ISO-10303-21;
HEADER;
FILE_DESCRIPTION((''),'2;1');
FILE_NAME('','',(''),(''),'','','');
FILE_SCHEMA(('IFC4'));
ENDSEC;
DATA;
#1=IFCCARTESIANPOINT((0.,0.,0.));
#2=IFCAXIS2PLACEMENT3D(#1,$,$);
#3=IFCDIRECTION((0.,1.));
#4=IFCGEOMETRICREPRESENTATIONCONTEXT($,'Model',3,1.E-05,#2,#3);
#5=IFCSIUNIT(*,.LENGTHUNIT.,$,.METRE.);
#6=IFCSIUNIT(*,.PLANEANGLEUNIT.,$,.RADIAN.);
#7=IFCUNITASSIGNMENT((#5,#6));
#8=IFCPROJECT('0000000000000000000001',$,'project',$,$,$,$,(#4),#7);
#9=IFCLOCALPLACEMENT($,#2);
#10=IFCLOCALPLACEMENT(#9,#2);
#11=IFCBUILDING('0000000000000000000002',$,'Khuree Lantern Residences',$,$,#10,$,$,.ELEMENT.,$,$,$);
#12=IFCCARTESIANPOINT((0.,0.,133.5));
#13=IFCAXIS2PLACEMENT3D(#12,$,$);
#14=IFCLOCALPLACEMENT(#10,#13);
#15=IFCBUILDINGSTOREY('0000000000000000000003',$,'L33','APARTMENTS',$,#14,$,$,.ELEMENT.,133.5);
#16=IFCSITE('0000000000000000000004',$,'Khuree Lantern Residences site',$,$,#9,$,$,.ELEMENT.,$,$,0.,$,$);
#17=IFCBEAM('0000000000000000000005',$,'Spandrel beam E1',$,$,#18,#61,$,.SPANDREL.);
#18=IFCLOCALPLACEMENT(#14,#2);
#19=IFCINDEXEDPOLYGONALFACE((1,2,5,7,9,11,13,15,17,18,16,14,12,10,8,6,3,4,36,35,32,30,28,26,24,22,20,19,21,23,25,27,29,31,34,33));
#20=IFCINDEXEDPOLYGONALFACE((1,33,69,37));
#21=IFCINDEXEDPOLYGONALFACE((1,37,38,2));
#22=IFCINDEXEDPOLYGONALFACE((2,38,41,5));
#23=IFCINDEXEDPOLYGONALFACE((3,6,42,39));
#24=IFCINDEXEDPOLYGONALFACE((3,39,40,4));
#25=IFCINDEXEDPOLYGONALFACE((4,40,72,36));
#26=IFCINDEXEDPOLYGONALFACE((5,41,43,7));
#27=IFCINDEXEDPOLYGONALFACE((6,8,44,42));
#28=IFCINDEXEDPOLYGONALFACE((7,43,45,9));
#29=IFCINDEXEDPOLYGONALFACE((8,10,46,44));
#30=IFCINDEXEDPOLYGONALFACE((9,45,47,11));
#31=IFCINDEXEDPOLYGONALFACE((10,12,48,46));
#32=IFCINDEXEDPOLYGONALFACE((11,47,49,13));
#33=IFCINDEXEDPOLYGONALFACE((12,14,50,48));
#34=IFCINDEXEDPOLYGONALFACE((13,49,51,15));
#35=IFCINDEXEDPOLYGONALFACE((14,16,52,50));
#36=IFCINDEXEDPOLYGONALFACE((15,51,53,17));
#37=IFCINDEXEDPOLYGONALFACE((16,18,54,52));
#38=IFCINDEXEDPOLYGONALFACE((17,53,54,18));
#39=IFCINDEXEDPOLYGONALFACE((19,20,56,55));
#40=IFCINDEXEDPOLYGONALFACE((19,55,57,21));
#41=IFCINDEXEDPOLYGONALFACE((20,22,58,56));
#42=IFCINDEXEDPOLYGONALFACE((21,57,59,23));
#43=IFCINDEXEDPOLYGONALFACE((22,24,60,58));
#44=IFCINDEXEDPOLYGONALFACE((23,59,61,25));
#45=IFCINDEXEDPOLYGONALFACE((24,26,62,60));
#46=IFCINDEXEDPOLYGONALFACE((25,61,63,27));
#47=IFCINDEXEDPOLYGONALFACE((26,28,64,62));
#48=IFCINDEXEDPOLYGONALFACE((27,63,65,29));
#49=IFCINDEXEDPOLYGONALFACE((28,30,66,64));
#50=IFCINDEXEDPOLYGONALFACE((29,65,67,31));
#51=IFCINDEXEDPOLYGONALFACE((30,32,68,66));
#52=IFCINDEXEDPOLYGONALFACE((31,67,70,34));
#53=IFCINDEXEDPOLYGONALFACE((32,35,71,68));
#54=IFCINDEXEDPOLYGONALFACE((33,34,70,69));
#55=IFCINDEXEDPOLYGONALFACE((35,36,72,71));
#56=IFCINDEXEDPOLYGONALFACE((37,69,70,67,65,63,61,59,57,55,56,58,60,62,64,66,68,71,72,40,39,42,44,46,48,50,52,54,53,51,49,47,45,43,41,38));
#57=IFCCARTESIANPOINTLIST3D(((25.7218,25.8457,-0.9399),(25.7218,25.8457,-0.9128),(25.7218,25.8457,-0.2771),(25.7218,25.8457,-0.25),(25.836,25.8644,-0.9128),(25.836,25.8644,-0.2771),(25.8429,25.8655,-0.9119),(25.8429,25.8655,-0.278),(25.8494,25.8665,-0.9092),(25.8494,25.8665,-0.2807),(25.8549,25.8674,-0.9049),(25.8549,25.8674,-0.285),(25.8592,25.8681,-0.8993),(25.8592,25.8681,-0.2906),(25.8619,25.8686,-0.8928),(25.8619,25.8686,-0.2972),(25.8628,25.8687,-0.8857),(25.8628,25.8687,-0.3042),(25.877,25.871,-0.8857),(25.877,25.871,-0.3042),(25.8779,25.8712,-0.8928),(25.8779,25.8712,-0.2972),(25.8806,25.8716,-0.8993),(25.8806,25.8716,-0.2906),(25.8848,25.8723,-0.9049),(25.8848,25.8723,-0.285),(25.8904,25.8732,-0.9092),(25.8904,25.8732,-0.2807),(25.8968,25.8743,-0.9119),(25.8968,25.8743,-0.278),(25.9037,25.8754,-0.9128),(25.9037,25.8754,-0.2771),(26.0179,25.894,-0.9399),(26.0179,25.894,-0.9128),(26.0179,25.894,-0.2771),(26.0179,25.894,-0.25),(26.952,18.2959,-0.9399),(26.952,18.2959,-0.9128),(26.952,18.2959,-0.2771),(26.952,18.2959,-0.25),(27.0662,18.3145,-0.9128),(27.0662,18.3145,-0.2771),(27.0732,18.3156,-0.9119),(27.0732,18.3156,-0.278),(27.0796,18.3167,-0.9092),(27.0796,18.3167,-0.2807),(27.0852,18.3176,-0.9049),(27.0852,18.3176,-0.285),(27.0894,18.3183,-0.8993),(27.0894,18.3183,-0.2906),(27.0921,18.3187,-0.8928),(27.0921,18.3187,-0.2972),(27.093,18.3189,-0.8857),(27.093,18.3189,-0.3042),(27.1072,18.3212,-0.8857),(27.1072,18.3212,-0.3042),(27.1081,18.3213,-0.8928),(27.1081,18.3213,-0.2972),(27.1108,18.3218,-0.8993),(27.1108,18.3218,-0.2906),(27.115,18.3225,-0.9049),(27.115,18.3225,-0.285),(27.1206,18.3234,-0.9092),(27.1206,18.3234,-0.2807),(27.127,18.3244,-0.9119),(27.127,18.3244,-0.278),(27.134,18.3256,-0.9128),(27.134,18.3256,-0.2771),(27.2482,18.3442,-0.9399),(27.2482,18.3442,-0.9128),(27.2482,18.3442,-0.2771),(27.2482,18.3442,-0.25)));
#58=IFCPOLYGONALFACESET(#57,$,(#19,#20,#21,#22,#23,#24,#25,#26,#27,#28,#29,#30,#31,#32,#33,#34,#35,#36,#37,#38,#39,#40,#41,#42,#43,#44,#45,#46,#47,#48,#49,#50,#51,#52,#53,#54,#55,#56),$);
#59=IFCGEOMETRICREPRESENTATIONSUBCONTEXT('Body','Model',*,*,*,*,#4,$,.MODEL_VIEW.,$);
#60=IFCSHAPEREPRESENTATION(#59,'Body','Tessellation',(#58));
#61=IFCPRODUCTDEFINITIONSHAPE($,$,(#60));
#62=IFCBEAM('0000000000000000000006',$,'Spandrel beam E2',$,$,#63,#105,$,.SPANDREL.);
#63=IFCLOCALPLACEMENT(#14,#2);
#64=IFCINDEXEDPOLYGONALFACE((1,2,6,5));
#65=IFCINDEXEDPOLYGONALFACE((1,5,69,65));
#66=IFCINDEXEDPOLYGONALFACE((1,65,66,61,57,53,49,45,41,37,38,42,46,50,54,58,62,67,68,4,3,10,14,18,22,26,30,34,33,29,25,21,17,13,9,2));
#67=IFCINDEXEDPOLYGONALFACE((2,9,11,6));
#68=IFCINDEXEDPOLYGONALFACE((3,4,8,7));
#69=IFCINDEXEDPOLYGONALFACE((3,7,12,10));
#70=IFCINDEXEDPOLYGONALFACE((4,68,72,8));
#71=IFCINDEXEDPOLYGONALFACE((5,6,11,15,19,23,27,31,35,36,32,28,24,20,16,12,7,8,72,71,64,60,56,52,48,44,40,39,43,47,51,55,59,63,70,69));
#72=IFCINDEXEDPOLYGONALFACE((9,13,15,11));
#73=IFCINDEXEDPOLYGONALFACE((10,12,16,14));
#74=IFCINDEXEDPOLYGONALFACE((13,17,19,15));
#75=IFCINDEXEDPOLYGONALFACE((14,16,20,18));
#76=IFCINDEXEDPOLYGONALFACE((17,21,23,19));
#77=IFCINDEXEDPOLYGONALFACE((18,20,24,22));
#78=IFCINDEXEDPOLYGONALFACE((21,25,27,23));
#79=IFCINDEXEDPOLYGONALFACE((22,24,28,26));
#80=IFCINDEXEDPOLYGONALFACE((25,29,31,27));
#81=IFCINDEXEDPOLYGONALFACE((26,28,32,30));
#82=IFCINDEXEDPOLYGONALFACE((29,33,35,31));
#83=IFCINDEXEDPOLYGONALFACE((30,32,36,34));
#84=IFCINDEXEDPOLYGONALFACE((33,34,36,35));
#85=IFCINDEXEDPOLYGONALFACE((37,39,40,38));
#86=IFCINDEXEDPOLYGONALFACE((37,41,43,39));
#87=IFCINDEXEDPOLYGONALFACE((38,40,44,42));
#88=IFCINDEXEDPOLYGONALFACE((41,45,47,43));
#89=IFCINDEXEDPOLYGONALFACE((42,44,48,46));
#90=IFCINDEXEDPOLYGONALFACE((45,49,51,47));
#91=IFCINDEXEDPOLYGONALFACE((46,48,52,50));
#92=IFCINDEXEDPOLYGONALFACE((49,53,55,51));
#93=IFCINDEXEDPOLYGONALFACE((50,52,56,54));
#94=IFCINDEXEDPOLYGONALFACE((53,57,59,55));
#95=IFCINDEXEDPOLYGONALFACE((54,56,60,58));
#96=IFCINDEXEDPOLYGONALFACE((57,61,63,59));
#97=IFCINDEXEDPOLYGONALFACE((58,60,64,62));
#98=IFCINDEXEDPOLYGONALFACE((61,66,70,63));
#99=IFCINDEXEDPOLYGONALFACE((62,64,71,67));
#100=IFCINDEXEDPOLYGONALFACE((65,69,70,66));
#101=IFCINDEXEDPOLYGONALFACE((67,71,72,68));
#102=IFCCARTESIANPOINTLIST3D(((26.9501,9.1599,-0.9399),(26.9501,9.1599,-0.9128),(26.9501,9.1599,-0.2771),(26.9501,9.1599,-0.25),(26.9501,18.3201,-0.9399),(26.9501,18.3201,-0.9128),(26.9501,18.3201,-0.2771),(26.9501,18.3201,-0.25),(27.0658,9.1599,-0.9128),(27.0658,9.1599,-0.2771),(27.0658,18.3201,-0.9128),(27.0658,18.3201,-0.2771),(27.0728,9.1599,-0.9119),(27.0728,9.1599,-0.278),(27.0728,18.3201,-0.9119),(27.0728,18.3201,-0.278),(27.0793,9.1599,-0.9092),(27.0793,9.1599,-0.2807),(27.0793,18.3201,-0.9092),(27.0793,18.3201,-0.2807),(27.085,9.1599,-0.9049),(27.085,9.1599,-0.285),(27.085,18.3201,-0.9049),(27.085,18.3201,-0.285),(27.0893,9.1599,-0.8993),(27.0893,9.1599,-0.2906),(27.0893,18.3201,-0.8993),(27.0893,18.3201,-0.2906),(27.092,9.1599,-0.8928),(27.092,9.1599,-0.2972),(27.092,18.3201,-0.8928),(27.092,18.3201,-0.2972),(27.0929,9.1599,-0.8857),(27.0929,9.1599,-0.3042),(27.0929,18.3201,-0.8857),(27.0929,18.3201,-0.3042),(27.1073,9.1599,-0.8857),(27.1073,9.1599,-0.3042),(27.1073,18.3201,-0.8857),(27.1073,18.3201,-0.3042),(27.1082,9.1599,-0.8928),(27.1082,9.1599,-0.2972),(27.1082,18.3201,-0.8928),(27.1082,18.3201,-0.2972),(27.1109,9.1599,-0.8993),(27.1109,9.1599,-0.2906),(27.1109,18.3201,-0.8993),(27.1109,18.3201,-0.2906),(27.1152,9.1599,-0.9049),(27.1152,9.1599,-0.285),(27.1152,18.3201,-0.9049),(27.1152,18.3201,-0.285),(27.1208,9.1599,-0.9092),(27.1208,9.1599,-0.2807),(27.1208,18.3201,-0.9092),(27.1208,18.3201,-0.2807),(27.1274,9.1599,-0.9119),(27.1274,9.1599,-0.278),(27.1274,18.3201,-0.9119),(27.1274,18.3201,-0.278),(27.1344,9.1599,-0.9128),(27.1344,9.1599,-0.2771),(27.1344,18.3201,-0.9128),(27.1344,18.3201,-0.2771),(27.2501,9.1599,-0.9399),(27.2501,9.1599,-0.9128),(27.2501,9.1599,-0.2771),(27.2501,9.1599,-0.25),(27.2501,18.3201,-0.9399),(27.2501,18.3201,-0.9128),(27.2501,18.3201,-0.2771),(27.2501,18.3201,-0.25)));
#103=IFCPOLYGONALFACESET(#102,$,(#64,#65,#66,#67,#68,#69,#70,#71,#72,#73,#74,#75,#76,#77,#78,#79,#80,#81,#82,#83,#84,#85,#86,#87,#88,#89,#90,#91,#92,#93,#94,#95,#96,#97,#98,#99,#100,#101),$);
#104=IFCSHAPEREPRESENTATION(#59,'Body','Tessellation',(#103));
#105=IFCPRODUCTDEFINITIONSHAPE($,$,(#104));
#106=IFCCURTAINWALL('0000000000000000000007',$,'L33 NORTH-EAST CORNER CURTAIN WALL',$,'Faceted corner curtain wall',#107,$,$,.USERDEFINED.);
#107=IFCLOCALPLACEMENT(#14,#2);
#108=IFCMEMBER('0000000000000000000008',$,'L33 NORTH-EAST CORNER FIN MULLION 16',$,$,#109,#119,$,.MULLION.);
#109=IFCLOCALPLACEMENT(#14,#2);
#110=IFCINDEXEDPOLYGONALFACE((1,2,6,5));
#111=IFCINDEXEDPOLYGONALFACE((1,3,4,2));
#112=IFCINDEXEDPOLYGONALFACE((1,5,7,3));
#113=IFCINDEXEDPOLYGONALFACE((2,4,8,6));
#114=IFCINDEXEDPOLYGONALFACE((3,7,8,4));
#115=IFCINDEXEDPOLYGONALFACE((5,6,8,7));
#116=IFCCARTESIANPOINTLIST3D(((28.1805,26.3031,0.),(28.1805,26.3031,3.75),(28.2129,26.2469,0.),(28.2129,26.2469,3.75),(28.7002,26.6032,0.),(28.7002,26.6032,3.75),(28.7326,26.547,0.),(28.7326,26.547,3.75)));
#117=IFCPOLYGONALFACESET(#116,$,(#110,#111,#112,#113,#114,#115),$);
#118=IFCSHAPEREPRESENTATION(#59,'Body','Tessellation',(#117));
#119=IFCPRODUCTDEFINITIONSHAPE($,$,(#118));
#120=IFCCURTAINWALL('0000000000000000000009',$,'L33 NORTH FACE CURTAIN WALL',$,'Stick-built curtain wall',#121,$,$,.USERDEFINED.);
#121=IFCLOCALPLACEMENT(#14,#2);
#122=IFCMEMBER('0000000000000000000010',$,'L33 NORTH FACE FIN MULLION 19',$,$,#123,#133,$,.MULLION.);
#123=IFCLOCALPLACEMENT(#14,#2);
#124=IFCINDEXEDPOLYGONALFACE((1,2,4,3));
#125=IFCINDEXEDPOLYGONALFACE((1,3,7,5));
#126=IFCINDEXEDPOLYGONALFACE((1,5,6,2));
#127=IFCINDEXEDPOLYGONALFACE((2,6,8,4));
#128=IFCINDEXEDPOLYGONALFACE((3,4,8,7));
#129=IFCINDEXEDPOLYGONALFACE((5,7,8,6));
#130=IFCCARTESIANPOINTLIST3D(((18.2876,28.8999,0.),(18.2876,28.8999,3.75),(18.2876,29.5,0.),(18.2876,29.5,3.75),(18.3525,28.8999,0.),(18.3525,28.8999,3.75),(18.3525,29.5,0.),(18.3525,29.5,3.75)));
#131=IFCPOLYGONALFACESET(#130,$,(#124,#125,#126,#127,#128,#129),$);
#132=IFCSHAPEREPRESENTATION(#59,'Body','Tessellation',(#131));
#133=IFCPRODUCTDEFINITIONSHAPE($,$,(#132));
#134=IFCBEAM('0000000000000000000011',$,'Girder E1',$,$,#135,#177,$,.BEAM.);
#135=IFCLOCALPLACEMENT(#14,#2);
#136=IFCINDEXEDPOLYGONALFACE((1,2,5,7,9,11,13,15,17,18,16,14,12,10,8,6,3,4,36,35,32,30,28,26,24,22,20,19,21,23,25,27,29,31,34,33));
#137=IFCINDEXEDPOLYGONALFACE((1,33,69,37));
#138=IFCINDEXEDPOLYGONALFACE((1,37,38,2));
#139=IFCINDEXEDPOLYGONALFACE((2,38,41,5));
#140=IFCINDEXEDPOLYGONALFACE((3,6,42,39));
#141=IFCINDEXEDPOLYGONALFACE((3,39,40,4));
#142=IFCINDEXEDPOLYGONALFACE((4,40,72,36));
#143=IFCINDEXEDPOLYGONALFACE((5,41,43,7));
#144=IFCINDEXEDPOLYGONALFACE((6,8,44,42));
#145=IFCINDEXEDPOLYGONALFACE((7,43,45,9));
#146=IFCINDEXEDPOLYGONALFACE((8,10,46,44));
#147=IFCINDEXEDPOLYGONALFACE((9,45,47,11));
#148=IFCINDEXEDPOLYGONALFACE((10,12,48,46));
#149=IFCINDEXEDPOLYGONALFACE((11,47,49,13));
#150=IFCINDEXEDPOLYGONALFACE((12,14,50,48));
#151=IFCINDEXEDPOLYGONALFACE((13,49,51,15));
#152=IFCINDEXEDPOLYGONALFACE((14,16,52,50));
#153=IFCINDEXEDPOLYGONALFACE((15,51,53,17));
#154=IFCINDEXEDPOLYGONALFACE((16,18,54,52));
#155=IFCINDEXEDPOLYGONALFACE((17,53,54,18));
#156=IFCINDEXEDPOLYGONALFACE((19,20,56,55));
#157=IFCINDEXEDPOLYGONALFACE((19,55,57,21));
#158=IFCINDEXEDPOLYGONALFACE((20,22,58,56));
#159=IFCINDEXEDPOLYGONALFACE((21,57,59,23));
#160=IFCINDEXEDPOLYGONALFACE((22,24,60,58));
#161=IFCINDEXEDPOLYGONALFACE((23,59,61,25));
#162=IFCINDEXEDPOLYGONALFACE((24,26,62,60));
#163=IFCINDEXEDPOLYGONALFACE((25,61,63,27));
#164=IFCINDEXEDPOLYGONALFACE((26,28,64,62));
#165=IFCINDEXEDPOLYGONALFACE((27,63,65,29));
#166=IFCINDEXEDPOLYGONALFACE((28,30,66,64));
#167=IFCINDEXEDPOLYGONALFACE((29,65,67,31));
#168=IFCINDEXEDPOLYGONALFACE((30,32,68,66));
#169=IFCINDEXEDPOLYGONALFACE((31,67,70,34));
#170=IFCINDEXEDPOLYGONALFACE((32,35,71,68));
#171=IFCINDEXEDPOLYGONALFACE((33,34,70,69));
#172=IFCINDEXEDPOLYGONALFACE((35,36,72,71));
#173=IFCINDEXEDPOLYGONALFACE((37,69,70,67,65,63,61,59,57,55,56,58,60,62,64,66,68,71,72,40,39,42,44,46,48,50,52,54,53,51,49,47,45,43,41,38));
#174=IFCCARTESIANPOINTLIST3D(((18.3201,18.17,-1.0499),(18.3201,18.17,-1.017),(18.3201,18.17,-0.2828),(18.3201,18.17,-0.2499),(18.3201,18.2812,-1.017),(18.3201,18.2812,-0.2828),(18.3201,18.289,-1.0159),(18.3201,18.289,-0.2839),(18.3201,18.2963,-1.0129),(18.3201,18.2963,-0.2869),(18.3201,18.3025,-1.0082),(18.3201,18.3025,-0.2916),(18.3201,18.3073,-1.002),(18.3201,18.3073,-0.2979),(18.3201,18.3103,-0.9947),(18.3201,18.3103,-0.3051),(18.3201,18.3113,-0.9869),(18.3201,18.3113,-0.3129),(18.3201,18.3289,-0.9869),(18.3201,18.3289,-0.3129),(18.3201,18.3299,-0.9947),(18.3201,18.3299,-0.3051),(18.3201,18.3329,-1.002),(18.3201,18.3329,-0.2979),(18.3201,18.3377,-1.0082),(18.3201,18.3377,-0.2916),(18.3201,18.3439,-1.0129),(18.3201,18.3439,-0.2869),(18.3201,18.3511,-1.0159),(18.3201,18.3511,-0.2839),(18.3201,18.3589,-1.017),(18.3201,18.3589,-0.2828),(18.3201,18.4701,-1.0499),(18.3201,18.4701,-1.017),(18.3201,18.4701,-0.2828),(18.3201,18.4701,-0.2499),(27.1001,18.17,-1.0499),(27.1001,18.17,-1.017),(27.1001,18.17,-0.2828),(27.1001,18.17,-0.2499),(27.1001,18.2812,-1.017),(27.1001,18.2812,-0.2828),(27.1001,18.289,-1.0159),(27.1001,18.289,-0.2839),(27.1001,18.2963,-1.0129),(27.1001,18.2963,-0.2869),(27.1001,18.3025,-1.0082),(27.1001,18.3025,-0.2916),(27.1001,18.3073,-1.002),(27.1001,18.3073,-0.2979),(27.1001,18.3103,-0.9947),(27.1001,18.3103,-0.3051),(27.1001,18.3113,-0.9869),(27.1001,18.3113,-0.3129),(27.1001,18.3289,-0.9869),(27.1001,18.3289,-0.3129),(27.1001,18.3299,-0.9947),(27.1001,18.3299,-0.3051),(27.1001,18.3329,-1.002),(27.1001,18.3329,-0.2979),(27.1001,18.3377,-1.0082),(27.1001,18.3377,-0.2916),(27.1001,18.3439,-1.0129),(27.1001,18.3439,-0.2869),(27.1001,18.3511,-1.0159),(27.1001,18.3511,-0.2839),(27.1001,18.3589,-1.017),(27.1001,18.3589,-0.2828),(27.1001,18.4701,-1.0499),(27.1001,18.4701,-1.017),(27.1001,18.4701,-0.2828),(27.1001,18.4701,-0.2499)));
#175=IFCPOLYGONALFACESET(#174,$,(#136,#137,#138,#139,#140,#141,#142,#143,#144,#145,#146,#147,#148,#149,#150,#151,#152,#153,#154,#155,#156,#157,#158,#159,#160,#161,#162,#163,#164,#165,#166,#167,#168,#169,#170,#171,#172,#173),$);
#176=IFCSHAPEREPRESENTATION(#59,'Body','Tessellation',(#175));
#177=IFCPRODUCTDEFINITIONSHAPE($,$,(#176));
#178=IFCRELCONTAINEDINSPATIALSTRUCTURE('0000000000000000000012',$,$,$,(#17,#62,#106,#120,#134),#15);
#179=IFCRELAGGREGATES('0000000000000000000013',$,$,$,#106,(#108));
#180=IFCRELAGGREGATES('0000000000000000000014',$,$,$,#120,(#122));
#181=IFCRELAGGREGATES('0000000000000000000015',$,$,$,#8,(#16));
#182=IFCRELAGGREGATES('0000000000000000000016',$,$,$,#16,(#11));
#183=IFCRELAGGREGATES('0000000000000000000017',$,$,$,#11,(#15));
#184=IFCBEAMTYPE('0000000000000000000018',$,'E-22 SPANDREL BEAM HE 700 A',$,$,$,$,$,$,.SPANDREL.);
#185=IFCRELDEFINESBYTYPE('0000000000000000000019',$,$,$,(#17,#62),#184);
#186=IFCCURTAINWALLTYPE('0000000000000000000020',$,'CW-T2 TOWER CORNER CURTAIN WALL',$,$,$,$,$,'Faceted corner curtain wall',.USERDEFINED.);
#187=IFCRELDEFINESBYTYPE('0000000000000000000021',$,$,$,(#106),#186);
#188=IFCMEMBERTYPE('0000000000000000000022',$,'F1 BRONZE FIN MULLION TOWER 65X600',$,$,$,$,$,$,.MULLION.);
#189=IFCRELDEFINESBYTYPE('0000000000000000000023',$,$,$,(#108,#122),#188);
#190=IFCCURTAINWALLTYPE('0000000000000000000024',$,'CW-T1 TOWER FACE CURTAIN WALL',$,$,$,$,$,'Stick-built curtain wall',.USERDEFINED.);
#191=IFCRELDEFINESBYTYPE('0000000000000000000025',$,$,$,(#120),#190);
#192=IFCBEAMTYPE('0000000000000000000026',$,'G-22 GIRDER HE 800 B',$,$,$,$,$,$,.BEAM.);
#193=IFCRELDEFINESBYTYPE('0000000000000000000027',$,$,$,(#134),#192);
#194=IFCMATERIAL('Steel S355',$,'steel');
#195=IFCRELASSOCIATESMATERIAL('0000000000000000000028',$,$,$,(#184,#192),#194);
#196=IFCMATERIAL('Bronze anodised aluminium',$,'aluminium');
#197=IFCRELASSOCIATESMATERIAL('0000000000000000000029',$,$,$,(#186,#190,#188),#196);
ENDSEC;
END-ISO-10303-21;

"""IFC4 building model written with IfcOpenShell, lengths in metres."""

from ifc_helpers import new_model, si_unit, direction, frame, origin, origin_2d, place, context, subcontext, project, spatial, rectangle, i_section, extrude, material, material_profile, profile_set, type_object, element, aggregate, save


model = new_model("IFC4")

# Units and contexts
model_context = context("Model", 3, precision=1e-05, world=origin(), true_north=direction((0.0, 1.0)))
body_context = subcontext(model_context, "Body", "Model", "MODEL_VIEW")
ifc_project = project(units=[si_unit("LENGTHUNIT", "METRE"), si_unit("PLANEANGLEUNIT", "RADIAN")], contexts=[model_context])

# Site, building, storey
site_placement = place(None, origin())
site = spatial("IfcSite", under=ifc_project, at=site_placement, Name="Khuree Lantern Residences site", CompositionType="ELEMENT", RefElevation=0.0)
building_placement = place(site_placement, origin())
building = spatial("IfcBuilding", under=site, at=building_placement, Name="Khuree Lantern Residences", CompositionType="ELEMENT")
storey_placement = place(building_placement, frame((0.0, 0.0, 133.5)))
storey = spatial("IfcBuildingStorey", under=building, at=storey_placement, Name="L33", Description="APARTMENTS", CompositionType="ELEMENT", Elevation=133.5)

# Beams
ifc_material_1 = material(Name="Steel S355", Category="steel")
ifc_material_profile_1 = material_profile(ifc_material_1, i_section(OverallWidth=0.3, OverallDepth=0.6899, WebThickness=0.0144, FlangeThickness=0.0271, FilletRadius=0.0271, at=origin_2d()), Name="HE 700 A")
ifc_profile_set_1 = profile_set([ifc_material_profile_1], Name="Steel S355")
beam_type_1 = type_object("IfcBeamType", Name="E-22 SPANDREL BEAM HE 700 A", PredefinedType="SPANDREL", material=ifc_profile_set_1)
for number, where, z_axis, x_axis, name in (
    (1, (25.8699, 25.8699, -0.595), (0.160827, -0.986983, 0.0), (0.986983, 0.160827, 0.0), "Spandrel beam E1"),
):
    element("IfcBeam", number, at=place(storey_placement, frame(where, z_axis=z_axis, x_axis=x_axis)), inside=storey, type_object=beam_type_1, Name=name, PredefinedType="SPANDREL", context=body_context, shape_type="SweptSolid", body=[
        extrude(i_section(OverallWidth=0.3, OverallDepth=0.6899, WebThickness=0.0144, FlangeThickness=0.0271, FilletRadius=0.0271, at=origin_2d()), origin(), (0.0, 0.0, 1.0), 7.6494),
    ])
beam_1_placement = place(storey_placement, frame((27.1001, 18.3201, -0.595), z_axis=(0.0, -1.0, 0.0), x_axis=(1.0, 0.0, 0.0)))
element("IfcBeam", 2, at=beam_1_placement, inside=storey, type_object=beam_type_1, Name="Spandrel beam E2", PredefinedType="SPANDREL", context=body_context, shape_type="SweptSolid", body=[
    extrude(i_section(OverallWidth=0.3, OverallDepth=0.6899, WebThickness=0.0144, FlangeThickness=0.0271, FilletRadius=0.0271, at=origin_2d()), origin(), (0.0, 0.0, 1.0), 9.1602),
])

# Curtain walls, members
ifc_material_2 = material(Name="Bronze anodised aluminium", Category="aluminium")
curtain_wall_type_1 = type_object("IfcCurtainWallType", Name="CW-T2 TOWER CORNER CURTAIN WALL", ElementType="Faceted corner curtain wall", PredefinedType="USERDEFINED", material=ifc_material_2)
curtain_wall_1_placement = place(storey_placement, origin())
curtain_wall_1 = element("IfcCurtainWall", 3, at=curtain_wall_1_placement, inside=storey, type_object=curtain_wall_type_1, Name="L33 NORTH-EAST CORNER CURTAIN WALL", ObjectType="Faceted corner curtain wall", PredefinedType="USERDEFINED")
ifc_material_profile_2 = material_profile(ifc_material_2, rectangle(XDim=0.0649, YDim=0.6001, at=origin_2d()), Name="F1 65X600")
ifc_profile_set_2 = profile_set([ifc_material_profile_2], Name="Bronze anodised aluminium")
member_type_1 = type_object("IfcMemberType", Name="F1 BRONZE FIN MULLION TOWER 65X600", PredefinedType="MULLION", material=ifc_profile_set_2)
member_1_placement = place(storey_placement, frame((28.4565, 26.425, 0.0), z_axis=(0.0, 0.0, 1.0), x_axis=(-0.5, 0.866025, 0.0)))
member_1 = element("IfcMember", 4, at=member_1_placement, type_object=member_type_1, Name="L33 NORTH-EAST CORNER FIN MULLION 16", PredefinedType="MULLION", context=body_context, shape_type="SweptSolid", body=[
    extrude(rectangle(XDim=0.0649, YDim=0.6001, at=origin_2d()), origin(), (0.0, 0.0, 1.0), 3.75),
])
curtain_wall_type_2 = type_object("IfcCurtainWallType", Name="CW-T1 TOWER FACE CURTAIN WALL", ElementType="Stick-built curtain wall", PredefinedType="USERDEFINED", material=ifc_material_2)
curtain_wall_2_placement = place(storey_placement, origin())
curtain_wall_2 = element("IfcCurtainWall", 5, at=curtain_wall_2_placement, inside=storey, type_object=curtain_wall_type_2, Name="L33 NORTH FACE CURTAIN WALL", ObjectType="Stick-built curtain wall", PredefinedType="USERDEFINED")
member_2_placement = place(storey_placement, frame((18.3201, 29.2, 0.0), z_axis=(0.0, 0.0, 1.0), x_axis=(-1.0, 0.0, 0.0)))
member_2 = element("IfcMember", 6, at=member_2_placement, type_object=member_type_1, Name="L33 NORTH FACE FIN MULLION 19", PredefinedType="MULLION", context=body_context, shape_type="SweptSolid", body=[
    extrude(rectangle(XDim=0.0649, YDim=0.6001, at=origin_2d()), origin(), (0.0, 0.0, 1.0), 3.75),
])

# Beam
ifc_material_profile_3 = material_profile(ifc_material_1, i_section(OverallWidth=0.3, OverallDepth=0.8, WebThickness=0.0176, FlangeThickness=0.033, FilletRadius=0.03, at=origin_2d()), Name="HE 800 B")
ifc_profile_set_3 = profile_set([ifc_material_profile_3], Name="Steel S355")
beam_type_2 = type_object("IfcBeamType", Name="G-22 GIRDER HE 800 B", PredefinedType="BEAM", material=ifc_profile_set_3)
beam_2_placement = place(storey_placement, frame((27.1001, 18.3201, -0.6499), z_axis=(-1.0, 0.0, 0.0), x_axis=(0.0, -1.0, 0.0)))
element("IfcBeam", 7, at=beam_2_placement, inside=storey, type_object=beam_type_2, Name="Girder E1", PredefinedType="BEAM", context=body_context, shape_type="SweptSolid", body=[
    extrude(i_section(OverallWidth=0.3, OverallDepth=0.8, WebThickness=0.0176, FlangeThickness=0.033, FilletRadius=0.03, at=origin_2d()), origin(), (0.0, 0.0, 1.0), 8.78),
])

aggregate(curtain_wall_1, [member_1])
aggregate(curtain_wall_2, [member_2])

save(model, "model.ifc")
